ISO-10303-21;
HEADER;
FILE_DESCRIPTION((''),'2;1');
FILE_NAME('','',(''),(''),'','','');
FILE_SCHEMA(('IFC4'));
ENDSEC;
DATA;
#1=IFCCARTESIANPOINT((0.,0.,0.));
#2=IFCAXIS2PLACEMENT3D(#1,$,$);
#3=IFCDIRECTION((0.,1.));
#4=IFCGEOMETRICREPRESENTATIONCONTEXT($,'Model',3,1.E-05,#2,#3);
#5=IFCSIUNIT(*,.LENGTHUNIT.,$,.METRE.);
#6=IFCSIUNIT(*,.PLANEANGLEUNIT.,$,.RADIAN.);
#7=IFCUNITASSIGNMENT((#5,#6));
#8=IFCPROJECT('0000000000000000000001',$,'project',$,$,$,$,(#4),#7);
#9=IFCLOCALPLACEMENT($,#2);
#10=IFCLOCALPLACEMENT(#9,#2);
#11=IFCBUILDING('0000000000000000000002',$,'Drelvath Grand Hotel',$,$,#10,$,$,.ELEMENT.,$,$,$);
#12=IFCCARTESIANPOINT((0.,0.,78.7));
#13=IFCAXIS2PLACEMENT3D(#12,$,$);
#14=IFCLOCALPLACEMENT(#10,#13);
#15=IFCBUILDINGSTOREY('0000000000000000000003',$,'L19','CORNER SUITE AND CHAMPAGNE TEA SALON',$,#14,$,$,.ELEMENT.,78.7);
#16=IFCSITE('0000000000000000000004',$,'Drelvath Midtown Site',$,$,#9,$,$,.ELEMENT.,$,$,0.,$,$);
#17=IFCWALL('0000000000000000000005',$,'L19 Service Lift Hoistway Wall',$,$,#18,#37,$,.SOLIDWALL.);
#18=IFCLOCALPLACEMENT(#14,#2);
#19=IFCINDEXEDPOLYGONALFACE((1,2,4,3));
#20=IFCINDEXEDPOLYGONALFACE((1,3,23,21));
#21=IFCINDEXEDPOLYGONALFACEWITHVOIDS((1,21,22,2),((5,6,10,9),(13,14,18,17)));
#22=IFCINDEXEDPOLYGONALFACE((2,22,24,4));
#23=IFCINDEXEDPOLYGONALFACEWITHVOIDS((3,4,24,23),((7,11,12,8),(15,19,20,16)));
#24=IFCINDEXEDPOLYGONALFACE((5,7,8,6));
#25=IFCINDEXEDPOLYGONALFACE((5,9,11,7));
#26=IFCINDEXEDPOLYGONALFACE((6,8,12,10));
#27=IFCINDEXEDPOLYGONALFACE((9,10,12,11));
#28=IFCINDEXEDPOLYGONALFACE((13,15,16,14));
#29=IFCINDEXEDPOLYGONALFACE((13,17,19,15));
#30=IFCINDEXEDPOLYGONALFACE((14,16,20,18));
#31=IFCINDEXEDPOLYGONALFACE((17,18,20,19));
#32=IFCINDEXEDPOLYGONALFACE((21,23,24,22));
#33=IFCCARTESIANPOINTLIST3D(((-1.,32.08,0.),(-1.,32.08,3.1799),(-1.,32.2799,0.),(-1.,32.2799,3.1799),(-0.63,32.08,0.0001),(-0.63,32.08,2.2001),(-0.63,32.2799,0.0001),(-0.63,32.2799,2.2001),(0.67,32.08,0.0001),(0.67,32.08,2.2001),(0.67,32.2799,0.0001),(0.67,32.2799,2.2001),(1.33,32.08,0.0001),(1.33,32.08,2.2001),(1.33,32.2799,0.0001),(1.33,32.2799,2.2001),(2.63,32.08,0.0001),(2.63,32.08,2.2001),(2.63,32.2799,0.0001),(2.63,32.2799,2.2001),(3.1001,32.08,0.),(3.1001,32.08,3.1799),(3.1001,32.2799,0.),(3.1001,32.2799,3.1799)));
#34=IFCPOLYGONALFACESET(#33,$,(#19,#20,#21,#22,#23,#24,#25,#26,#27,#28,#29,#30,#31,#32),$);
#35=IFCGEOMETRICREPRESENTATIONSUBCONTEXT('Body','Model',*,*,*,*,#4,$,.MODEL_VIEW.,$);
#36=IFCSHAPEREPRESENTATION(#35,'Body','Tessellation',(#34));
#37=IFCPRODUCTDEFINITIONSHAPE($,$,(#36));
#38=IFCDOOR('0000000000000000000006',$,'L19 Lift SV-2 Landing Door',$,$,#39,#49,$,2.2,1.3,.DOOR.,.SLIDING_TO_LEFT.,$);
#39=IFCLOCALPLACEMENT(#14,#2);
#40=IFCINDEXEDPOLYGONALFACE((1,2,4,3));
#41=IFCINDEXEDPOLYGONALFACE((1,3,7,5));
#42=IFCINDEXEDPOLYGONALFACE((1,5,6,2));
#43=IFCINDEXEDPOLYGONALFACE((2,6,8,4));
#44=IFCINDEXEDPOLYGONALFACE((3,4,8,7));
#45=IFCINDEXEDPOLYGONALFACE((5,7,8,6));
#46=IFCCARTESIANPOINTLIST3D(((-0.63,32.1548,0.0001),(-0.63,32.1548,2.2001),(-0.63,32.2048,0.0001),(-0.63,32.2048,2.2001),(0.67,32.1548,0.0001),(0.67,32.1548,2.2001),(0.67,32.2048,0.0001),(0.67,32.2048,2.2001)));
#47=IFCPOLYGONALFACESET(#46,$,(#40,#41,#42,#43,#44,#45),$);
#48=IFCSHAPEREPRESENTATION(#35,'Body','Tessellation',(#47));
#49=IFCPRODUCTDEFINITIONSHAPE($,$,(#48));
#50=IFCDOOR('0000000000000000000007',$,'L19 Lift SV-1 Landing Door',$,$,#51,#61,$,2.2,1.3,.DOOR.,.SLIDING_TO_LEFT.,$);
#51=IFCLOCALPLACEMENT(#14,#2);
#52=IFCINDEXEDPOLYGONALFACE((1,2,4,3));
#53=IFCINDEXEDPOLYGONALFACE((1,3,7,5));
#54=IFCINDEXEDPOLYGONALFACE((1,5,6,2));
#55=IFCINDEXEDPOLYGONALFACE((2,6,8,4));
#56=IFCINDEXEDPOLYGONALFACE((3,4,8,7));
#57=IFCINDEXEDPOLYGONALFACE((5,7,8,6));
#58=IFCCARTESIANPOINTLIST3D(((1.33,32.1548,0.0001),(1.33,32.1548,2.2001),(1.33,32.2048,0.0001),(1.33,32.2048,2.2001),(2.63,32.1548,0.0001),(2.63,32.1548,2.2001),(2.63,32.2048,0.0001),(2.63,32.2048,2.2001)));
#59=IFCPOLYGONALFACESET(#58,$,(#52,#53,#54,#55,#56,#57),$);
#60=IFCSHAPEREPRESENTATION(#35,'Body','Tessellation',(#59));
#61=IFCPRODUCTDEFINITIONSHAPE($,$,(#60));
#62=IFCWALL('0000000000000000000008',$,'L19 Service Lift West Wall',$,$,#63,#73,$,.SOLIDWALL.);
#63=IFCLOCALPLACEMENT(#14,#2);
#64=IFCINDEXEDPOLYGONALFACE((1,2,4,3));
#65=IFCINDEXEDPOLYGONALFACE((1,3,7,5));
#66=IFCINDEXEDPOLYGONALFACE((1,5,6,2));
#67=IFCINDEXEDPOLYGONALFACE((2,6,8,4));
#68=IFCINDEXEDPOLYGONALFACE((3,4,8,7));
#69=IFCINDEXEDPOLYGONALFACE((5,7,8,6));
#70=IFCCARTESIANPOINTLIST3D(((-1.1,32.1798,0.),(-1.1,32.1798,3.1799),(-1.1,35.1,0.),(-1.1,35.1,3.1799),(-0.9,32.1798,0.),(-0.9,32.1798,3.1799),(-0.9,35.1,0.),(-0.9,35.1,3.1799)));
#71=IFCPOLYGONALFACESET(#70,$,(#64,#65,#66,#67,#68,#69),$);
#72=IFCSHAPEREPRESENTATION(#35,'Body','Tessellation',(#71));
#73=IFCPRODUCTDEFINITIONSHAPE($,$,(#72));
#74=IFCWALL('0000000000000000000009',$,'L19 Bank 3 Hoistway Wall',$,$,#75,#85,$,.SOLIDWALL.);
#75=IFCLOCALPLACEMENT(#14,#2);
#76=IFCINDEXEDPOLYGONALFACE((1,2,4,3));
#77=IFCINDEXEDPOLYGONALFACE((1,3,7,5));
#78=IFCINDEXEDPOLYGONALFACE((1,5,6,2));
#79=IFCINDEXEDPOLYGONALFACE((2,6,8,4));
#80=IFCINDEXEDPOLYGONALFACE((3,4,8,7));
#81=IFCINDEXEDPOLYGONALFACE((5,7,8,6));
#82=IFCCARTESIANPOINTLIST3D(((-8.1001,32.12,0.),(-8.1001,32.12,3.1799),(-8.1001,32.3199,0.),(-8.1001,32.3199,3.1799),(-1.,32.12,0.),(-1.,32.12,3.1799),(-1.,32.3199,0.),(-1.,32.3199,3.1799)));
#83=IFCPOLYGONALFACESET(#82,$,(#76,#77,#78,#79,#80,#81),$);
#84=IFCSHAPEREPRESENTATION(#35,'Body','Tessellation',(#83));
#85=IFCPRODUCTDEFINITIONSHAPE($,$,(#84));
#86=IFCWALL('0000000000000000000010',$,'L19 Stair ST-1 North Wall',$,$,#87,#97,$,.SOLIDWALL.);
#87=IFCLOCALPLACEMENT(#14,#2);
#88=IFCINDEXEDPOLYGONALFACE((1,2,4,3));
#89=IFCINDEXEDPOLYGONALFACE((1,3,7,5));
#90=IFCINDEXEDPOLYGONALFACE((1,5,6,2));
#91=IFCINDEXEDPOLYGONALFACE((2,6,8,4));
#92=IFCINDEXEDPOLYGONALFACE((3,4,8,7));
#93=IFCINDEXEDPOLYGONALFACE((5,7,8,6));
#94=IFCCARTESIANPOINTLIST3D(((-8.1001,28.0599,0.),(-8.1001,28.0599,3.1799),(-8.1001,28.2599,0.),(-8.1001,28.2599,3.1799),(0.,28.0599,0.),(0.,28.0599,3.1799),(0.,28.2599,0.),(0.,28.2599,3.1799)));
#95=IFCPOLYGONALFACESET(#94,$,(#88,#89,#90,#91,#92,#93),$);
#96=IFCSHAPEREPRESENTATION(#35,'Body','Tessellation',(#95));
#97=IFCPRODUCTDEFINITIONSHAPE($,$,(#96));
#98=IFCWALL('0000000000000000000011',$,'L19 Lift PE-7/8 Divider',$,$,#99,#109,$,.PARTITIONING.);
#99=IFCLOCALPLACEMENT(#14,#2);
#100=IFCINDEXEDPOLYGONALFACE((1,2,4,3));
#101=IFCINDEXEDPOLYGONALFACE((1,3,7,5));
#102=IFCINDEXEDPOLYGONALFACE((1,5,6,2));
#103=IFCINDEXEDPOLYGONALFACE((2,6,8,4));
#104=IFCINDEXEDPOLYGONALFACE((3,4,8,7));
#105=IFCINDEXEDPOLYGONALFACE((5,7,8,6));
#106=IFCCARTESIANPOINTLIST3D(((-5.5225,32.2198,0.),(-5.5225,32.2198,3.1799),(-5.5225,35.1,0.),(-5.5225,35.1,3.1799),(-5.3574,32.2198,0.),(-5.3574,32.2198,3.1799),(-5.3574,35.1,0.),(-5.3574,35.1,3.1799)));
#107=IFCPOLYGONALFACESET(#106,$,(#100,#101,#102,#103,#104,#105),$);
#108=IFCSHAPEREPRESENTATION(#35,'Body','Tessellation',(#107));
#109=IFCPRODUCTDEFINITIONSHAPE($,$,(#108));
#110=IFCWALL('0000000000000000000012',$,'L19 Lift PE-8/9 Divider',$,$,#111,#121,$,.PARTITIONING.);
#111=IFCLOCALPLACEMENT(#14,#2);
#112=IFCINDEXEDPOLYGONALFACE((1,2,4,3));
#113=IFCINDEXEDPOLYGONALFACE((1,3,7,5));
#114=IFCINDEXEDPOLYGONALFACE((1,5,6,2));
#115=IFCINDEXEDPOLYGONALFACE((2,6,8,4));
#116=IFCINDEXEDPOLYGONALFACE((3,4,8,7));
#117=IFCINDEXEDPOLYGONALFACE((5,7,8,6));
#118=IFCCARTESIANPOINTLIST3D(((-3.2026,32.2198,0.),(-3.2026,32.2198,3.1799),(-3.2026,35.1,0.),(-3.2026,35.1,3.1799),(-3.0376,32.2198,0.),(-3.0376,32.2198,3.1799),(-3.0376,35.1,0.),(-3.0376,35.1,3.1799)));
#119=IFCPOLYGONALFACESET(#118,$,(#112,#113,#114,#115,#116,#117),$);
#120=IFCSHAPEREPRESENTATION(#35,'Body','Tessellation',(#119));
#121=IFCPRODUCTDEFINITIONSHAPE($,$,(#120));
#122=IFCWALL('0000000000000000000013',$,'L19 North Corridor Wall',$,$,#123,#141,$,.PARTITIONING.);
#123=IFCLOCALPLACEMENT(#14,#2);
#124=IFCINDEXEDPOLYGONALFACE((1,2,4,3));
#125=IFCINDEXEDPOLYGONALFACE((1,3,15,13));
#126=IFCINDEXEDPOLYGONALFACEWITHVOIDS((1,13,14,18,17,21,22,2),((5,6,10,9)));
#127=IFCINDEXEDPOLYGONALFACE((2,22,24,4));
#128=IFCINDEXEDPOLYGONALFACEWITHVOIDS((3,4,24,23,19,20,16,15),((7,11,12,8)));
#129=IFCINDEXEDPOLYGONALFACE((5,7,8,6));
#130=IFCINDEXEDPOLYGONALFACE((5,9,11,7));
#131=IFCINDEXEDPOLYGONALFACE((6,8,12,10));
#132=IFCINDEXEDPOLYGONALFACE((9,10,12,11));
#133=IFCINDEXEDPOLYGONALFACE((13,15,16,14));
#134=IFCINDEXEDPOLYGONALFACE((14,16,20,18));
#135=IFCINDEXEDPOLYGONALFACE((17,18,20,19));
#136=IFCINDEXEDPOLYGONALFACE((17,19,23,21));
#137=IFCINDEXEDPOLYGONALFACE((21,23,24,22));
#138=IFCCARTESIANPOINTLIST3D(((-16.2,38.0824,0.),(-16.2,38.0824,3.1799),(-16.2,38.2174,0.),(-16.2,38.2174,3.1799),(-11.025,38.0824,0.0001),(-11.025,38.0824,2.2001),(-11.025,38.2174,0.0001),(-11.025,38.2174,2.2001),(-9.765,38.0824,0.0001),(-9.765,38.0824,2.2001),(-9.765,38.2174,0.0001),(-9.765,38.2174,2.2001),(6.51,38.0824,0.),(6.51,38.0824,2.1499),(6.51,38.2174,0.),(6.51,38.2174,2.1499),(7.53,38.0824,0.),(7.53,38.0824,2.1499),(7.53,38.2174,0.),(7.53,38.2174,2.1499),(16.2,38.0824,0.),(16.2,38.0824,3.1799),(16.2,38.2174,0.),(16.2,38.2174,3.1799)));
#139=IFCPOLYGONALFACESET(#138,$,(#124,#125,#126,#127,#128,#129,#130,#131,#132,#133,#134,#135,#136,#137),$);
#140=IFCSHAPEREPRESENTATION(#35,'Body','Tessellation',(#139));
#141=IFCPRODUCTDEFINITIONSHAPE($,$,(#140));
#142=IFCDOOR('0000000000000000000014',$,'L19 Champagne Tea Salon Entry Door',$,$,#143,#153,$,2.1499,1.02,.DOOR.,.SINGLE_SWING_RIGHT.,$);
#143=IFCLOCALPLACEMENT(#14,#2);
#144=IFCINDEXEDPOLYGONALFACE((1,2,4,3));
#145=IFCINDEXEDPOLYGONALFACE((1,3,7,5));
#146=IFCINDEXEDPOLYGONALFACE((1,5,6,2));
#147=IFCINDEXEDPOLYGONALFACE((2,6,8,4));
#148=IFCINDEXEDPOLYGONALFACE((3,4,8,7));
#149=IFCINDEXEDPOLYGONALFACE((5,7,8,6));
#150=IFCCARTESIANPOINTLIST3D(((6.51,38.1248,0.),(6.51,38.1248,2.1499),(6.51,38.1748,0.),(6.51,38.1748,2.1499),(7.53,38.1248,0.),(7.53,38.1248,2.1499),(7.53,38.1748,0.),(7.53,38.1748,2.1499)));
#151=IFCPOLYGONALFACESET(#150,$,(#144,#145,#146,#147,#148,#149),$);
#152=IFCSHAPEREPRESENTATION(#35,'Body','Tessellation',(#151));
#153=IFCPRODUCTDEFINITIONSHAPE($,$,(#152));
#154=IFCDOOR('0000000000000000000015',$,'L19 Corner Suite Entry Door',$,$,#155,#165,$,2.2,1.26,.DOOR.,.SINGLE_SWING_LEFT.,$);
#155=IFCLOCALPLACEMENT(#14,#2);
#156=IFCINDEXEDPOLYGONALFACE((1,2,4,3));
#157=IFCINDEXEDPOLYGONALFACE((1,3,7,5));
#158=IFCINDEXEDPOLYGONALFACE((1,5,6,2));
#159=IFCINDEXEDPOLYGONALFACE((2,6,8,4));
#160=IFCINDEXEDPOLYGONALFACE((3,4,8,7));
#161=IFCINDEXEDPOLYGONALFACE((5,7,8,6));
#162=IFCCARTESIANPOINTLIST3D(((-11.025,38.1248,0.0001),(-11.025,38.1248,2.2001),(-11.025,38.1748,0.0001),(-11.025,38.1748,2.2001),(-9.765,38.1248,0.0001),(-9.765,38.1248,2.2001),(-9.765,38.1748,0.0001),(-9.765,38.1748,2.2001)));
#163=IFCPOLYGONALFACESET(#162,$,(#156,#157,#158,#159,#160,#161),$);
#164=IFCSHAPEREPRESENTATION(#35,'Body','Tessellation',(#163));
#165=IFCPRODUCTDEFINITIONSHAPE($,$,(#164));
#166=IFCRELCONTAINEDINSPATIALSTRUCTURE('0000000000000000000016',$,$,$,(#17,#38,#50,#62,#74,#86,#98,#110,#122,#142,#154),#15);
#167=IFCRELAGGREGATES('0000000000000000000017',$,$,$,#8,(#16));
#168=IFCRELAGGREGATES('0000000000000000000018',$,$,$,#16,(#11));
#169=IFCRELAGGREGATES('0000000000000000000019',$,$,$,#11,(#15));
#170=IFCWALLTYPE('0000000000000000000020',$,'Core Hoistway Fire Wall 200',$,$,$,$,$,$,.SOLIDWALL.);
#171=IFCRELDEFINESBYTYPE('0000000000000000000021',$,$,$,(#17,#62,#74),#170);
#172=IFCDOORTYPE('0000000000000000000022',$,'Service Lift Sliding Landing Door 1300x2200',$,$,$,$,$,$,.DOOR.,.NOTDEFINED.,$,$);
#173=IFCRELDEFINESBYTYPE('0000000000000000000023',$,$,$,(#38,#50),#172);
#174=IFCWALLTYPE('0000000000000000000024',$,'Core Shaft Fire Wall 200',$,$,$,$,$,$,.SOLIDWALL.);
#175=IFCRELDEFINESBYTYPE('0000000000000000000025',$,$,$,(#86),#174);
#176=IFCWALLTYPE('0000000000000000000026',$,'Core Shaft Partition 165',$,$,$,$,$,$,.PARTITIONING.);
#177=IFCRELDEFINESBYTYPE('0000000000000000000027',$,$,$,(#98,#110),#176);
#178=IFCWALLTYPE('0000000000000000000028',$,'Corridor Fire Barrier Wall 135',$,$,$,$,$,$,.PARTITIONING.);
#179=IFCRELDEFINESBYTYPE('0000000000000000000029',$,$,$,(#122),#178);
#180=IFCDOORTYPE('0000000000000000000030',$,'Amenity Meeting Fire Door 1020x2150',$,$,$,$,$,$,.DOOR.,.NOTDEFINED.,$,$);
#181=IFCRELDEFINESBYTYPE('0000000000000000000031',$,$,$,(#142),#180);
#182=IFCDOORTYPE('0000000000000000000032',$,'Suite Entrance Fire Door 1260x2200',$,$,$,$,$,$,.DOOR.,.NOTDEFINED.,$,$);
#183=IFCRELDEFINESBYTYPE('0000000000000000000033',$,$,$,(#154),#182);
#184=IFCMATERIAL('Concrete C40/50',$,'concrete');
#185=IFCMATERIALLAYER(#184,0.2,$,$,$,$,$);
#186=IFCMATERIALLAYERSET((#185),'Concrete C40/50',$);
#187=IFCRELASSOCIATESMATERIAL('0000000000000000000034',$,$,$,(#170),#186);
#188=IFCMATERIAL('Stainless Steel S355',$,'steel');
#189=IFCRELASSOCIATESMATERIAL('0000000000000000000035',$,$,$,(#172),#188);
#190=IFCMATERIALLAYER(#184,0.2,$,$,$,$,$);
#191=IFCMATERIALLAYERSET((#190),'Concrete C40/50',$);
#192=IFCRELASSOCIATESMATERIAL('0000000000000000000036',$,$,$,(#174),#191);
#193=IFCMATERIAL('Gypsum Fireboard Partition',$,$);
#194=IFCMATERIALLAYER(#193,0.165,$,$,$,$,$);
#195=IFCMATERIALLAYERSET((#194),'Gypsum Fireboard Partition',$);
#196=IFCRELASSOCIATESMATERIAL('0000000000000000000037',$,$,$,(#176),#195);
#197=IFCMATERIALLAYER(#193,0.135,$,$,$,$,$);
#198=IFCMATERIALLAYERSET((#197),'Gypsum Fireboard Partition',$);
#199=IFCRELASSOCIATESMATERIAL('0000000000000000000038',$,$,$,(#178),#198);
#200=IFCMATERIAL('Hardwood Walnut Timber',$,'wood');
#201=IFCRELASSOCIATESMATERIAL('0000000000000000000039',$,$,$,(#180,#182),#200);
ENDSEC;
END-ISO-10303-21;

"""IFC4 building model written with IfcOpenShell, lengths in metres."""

from ifc_helpers import new_model, si_unit, direction, frame, frame_2d, origin, place, context, subcontext, project, spatial, rectangle, extrude, material, layer, layer_set, type_object, element, fill, save


model = new_model("IFC4")

# Units and contexts
model_context = context("Model", 3, precision=1e-05, world=origin(), true_north=direction((0.0, 1.0)))
body_context = subcontext(model_context, "Body", "Model", "MODEL_VIEW")
ifc_project = project(units=[si_unit("LENGTHUNIT", "METRE"), si_unit("PLANEANGLEUNIT", "RADIAN")], contexts=[model_context])

# Site, building, storey
site_placement = place(None, origin())
site = spatial("IfcSite", under=ifc_project, at=site_placement, Name="Drelvath Midtown Site", CompositionType="ELEMENT", RefElevation=0.0)
building_placement = place(site_placement, origin())
building = spatial("IfcBuilding", under=site, at=building_placement, Name="Drelvath Grand Hotel", CompositionType="ELEMENT")
storey_placement = place(building_placement, frame((0.0, 0.0, 78.7)))
storey = spatial("IfcBuildingStorey", under=building, at=storey_placement, Name="L19", Description="CORNER SUITE AND CHAMPAGNE TEA SALON", CompositionType="ELEMENT", Elevation=78.7)

# Wall, openings, doors
ifc_material_1 = material(Name="Concrete C40/50", Category="concrete")
ifc_layer_1 = layer(ifc_material_1, 0.2)
ifc_layer_set_1 = layer_set([ifc_layer_1], Name="Concrete C40/50")
wall_type_1 = type_object("IfcWallType", Name="Core Hoistway Fire Wall 200", PredefinedType="SOLIDWALL", material=ifc_layer_set_1)
wall_1_placement = place(storey_placement, frame((-1.0, 32.1799, 0.0), z_axis=(0.0, 0.0, 1.0), x_axis=(1.0, 0.0, 0.0)))
wall_1 = element("IfcWall", 1, at=wall_1_placement, inside=storey, type_object=wall_type_1, Name="L19 Service Lift Hoistway Wall", PredefinedType="SOLIDWALL", context=body_context, shape_type="SweptSolid", body=[
    extrude(rectangle(XDim=4.1001, YDim=0.2, at=frame_2d((2.05, 0.0))), origin(), (0.0, 0.0, 1.0), 3.1799),
])
opening_1_placement = place(wall_1_placement, frame((0.3701, 0.0, 0.0)))
opening_1 = element("IfcOpeningElement", 2, at=opening_1_placement, cuts=wall_1, PredefinedType="OPENING", context=body_context, shape_type="SweptSolid", body=[
    extrude(rectangle(XDim=1.3, YDim=2.2, at=frame_2d((0.6499, 1.1001))), frame((0.0, 0.1099, 0.0), z_axis=(0.0, -1.0, 0.0), x_axis=(1.0, 0.0, 0.0)), (0.0, 0.0, 1.0), 0.22),
])
opening_2_placement = place(wall_1_placement, frame((2.3301, 0.0, 0.0)))
opening_2 = element("IfcOpeningElement", 3, at=opening_2_placement, cuts=wall_1, PredefinedType="OPENING", context=body_context, shape_type="SweptSolid", body=[
    extrude(rectangle(XDim=1.3, YDim=2.2, at=frame_2d((0.6499, 1.1001))), frame((0.0, 0.1099, 0.0), z_axis=(0.0, -1.0, 0.0), x_axis=(1.0, 0.0, 0.0)), (0.0, 0.0, 1.0), 0.22),
])
ifc_material_2 = material(Name="Stainless Steel S355", Category="steel")
door_type_1 = type_object("IfcDoorType", Name="Service Lift Sliding Landing Door 1300x2200", OperationType="NOTDEFINED", PredefinedType="DOOR", material=ifc_material_2)
door_1_placement = place(opening_1_placement, origin())
door_1 = element("IfcDoor", 4, at=door_1_placement, inside=storey, type_object=door_type_1, Name="L19 Lift SV-2 Landing Door", OperationType="SLIDING_TO_LEFT", OverallHeight=2.2, OverallWidth=1.3, PredefinedType="DOOR", context=body_context, shape_type="SweptSolid", body=[
    extrude(rectangle(XDim=1.3, YDim=2.2, at=frame_2d((0.6499, 1.1001))), frame((0.0, 0.0249, 0.0), z_axis=(0.0, -1.0, 0.0), x_axis=(1.0, 0.0, 0.0)), (0.0, 0.0, 1.0), 0.05),
])
fill(opening_1, door_1)
door_2_placement = place(opening_2_placement, origin())
door_2 = element("IfcDoor", 5, at=door_2_placement, inside=storey, type_object=door_type_1, Name="L19 Lift SV-1 Landing Door", OperationType="SLIDING_TO_LEFT", OverallHeight=2.2, OverallWidth=1.3, PredefinedType="DOOR", context=body_context, shape_type="SweptSolid", body=[
    extrude(rectangle(XDim=1.3, YDim=2.2, at=frame_2d((0.6499, 1.1001))), frame((0.0, 0.0249, 0.0), z_axis=(0.0, -1.0, 0.0), x_axis=(1.0, 0.0, 0.0)), (0.0, 0.0, 1.0), 0.05),
])
fill(opening_2, door_2)

# Walls
wall_2_placement = place(storey_placement, frame((-1.0, 32.1799, 0.0), z_axis=(0.0, 0.0, 1.0), x_axis=(0.0, 1.0, 0.0)))
element("IfcWall", 6, at=wall_2_placement, inside=storey, type_object=wall_type_1, Name="L19 Service Lift West Wall", PredefinedType="SOLIDWALL", context=body_context, shape_type="SweptSolid", body=[
    extrude(rectangle(XDim=2.9202, YDim=0.2, at=frame_2d((1.46, 0.0))), origin(), (0.0, 0.0, 1.0), 3.1799),
])
wall_3_placement = place(storey_placement, frame((-8.1001, 32.22, 0.0), z_axis=(0.0, 0.0, 1.0), x_axis=(1.0, 0.0, 0.0)))
element("IfcWall", 7, at=wall_3_placement, inside=storey, type_object=wall_type_1, Name="L19 Bank 3 Hoistway Wall", PredefinedType="SOLIDWALL", context=body_context, shape_type="SweptSolid", body=[
    extrude(rectangle(XDim=7.1001, YDim=0.2, at=frame_2d((3.55, 0.0))), origin(), (0.0, 0.0, 1.0), 3.1799),
])
ifc_layer_2 = layer(ifc_material_1, 0.2)
ifc_layer_set_2 = layer_set([ifc_layer_2], Name="Concrete C40/50")
wall_type_2 = type_object("IfcWallType", Name="Core Shaft Fire Wall 200", PredefinedType="SOLIDWALL", material=ifc_layer_set_2)
wall_4_placement = place(storey_placement, frame((-8.1001, 28.1599, 0.0), z_axis=(0.0, 0.0, 1.0), x_axis=(1.0, 0.0, 0.0)))
element("IfcWall", 8, at=wall_4_placement, inside=storey, type_object=wall_type_2, Name="L19 Stair ST-1 North Wall", PredefinedType="SOLIDWALL", context=body_context, shape_type="SweptSolid", body=[
    extrude(rectangle(XDim=8.1001, YDim=0.2, at=frame_2d((4.05, 0.0))), origin(), (0.0, 0.0, 1.0), 3.1799),
])
ifc_material_3 = material(Name="Gypsum Fireboard Partition")
ifc_layer_3 = layer(ifc_material_3, 0.165)
ifc_layer_set_3 = layer_set([ifc_layer_3], Name="Gypsum Fireboard Partition")
wall_type_3 = type_object("IfcWallType", Name="Core Shaft Partition 165", PredefinedType="PARTITIONING", material=ifc_layer_set_3)
for number, where, z_axis, x_axis, name in (
    (9, (-5.4399, 32.22, 0.0), (0.0, 0.0, 1.0), (0.0, 1.0, 0.0), "L19 Lift PE-7/8 Divider"),
    (10, (-3.1201, 32.22, 0.0), (0.0, 0.0, 1.0), (0.0, 1.0, 0.0), "L19 Lift PE-8/9 Divider"),
):
    element("IfcWall", number, at=place(storey_placement, frame(where, z_axis=z_axis, x_axis=x_axis)), inside=storey, type_object=wall_type_3, Name=name, PredefinedType="PARTITIONING", context=body_context, shape_type="SweptSolid", body=[
        extrude(rectangle(XDim=2.8801, YDim=0.165, at=frame_2d((1.4399, 0.0))), origin(), (0.0, 0.0, 1.0), 3.1799),
    ])

# Wall, openings, doors
ifc_layer_4 = layer(ifc_material_3, 0.135)
ifc_layer_set_4 = layer_set([ifc_layer_4], Name="Gypsum Fireboard Partition")
wall_type_4 = type_object("IfcWallType", Name="Corridor Fire Barrier Wall 135", PredefinedType="PARTITIONING", material=ifc_layer_set_4)
wall_5_placement = place(storey_placement, frame((-16.2, 38.1499, 0.0), z_axis=(0.0, 0.0, 1.0), x_axis=(1.0, 0.0, 0.0)))
wall_5 = element("IfcWall", 11, at=wall_5_placement, inside=storey, type_object=wall_type_4, Name="L19 North Corridor Wall", PredefinedType="PARTITIONING", context=body_context, shape_type="SweptSolid", body=[
    extrude(rectangle(XDim=32.3999, YDim=0.135, at=frame_2d((16.2, 0.0))), origin(), (0.0, 0.0, 1.0), 3.1799),
])
opening_3_placement = place(wall_5_placement, frame((5.175, 0.0, 0.0)))
opening_3 = element("IfcOpeningElement", 12, at=opening_3_placement, cuts=wall_5, PredefinedType="OPENING", context=body_context, shape_type="SweptSolid", body=[
    extrude(rectangle(XDim=1.26, YDim=2.2, at=frame_2d((0.6299, 1.1001))), frame((0.0, 0.0774, 0.0), z_axis=(0.0, -1.0, 0.0), x_axis=(1.0, 0.0, 0.0)), (0.0, 0.0, 1.0), 0.155),
])
opening_4_placement = place(wall_5_placement, frame((22.71, 0.0, 0.0)))
opening_4 = element("IfcOpeningElement", 13, at=opening_4_placement, cuts=wall_5, PredefinedType="OPENING", context=body_context, shape_type="SweptSolid", body=[
    extrude(rectangle(XDim=1.02, YDim=2.1499, at=frame_2d((0.51, 1.075))), frame((0.0, 0.0774, 0.0), z_axis=(0.0, -1.0, 0.0), x_axis=(1.0, 0.0, 0.0)), (0.0, 0.0, 1.0), 0.155),
])
ifc_material_4 = material(Name="Hardwood Walnut Timber", Category="wood")
door_type_2 = type_object("IfcDoorType", Name="Amenity Meeting Fire Door 1020x2150", OperationType="NOTDEFINED", PredefinedType="DOOR", material=ifc_material_4)
door_3_placement = place(opening_4_placement, origin())
door_3 = element("IfcDoor", 14, at=door_3_placement, inside=storey, type_object=door_type_2, Name="L19 Champagne Tea Salon Entry Door", OperationType="SINGLE_SWING_RIGHT", OverallHeight=2.1499, OverallWidth=1.02, PredefinedType="DOOR", context=body_context, shape_type="SweptSolid", body=[
    extrude(rectangle(XDim=1.02, YDim=2.1499, at=frame_2d((0.51, 1.075))), frame((0.0, 0.0249, 0.0), z_axis=(0.0, -1.0, 0.0), x_axis=(1.0, 0.0, 0.0)), (0.0, 0.0, 1.0), 0.05),
])
fill(opening_4, door_3)
door_type_3 = type_object("IfcDoorType", Name="Suite Entrance Fire Door 1260x2200", OperationType="NOTDEFINED", PredefinedType="DOOR", material=ifc_material_4)
door_4_placement = place(opening_3_placement, origin())
door_4 = element("IfcDoor", 15, at=door_4_placement, inside=storey, type_object=door_type_3, Name="L19 Corner Suite Entry Door", OperationType="SINGLE_SWING_LEFT", OverallHeight=2.2, OverallWidth=1.26, PredefinedType="DOOR", context=body_context, shape_type="SweptSolid", body=[
    extrude(rectangle(XDim=1.26, YDim=2.2, at=frame_2d((0.6299, 1.1001))), frame((0.0, 0.0249, 0.0), z_axis=(0.0, -1.0, 0.0), x_axis=(1.0, 0.0, 0.0)), (0.0, 0.0, 1.0), 0.05),
])
fill(opening_3, door_4)

save(model, "model.ifc")
